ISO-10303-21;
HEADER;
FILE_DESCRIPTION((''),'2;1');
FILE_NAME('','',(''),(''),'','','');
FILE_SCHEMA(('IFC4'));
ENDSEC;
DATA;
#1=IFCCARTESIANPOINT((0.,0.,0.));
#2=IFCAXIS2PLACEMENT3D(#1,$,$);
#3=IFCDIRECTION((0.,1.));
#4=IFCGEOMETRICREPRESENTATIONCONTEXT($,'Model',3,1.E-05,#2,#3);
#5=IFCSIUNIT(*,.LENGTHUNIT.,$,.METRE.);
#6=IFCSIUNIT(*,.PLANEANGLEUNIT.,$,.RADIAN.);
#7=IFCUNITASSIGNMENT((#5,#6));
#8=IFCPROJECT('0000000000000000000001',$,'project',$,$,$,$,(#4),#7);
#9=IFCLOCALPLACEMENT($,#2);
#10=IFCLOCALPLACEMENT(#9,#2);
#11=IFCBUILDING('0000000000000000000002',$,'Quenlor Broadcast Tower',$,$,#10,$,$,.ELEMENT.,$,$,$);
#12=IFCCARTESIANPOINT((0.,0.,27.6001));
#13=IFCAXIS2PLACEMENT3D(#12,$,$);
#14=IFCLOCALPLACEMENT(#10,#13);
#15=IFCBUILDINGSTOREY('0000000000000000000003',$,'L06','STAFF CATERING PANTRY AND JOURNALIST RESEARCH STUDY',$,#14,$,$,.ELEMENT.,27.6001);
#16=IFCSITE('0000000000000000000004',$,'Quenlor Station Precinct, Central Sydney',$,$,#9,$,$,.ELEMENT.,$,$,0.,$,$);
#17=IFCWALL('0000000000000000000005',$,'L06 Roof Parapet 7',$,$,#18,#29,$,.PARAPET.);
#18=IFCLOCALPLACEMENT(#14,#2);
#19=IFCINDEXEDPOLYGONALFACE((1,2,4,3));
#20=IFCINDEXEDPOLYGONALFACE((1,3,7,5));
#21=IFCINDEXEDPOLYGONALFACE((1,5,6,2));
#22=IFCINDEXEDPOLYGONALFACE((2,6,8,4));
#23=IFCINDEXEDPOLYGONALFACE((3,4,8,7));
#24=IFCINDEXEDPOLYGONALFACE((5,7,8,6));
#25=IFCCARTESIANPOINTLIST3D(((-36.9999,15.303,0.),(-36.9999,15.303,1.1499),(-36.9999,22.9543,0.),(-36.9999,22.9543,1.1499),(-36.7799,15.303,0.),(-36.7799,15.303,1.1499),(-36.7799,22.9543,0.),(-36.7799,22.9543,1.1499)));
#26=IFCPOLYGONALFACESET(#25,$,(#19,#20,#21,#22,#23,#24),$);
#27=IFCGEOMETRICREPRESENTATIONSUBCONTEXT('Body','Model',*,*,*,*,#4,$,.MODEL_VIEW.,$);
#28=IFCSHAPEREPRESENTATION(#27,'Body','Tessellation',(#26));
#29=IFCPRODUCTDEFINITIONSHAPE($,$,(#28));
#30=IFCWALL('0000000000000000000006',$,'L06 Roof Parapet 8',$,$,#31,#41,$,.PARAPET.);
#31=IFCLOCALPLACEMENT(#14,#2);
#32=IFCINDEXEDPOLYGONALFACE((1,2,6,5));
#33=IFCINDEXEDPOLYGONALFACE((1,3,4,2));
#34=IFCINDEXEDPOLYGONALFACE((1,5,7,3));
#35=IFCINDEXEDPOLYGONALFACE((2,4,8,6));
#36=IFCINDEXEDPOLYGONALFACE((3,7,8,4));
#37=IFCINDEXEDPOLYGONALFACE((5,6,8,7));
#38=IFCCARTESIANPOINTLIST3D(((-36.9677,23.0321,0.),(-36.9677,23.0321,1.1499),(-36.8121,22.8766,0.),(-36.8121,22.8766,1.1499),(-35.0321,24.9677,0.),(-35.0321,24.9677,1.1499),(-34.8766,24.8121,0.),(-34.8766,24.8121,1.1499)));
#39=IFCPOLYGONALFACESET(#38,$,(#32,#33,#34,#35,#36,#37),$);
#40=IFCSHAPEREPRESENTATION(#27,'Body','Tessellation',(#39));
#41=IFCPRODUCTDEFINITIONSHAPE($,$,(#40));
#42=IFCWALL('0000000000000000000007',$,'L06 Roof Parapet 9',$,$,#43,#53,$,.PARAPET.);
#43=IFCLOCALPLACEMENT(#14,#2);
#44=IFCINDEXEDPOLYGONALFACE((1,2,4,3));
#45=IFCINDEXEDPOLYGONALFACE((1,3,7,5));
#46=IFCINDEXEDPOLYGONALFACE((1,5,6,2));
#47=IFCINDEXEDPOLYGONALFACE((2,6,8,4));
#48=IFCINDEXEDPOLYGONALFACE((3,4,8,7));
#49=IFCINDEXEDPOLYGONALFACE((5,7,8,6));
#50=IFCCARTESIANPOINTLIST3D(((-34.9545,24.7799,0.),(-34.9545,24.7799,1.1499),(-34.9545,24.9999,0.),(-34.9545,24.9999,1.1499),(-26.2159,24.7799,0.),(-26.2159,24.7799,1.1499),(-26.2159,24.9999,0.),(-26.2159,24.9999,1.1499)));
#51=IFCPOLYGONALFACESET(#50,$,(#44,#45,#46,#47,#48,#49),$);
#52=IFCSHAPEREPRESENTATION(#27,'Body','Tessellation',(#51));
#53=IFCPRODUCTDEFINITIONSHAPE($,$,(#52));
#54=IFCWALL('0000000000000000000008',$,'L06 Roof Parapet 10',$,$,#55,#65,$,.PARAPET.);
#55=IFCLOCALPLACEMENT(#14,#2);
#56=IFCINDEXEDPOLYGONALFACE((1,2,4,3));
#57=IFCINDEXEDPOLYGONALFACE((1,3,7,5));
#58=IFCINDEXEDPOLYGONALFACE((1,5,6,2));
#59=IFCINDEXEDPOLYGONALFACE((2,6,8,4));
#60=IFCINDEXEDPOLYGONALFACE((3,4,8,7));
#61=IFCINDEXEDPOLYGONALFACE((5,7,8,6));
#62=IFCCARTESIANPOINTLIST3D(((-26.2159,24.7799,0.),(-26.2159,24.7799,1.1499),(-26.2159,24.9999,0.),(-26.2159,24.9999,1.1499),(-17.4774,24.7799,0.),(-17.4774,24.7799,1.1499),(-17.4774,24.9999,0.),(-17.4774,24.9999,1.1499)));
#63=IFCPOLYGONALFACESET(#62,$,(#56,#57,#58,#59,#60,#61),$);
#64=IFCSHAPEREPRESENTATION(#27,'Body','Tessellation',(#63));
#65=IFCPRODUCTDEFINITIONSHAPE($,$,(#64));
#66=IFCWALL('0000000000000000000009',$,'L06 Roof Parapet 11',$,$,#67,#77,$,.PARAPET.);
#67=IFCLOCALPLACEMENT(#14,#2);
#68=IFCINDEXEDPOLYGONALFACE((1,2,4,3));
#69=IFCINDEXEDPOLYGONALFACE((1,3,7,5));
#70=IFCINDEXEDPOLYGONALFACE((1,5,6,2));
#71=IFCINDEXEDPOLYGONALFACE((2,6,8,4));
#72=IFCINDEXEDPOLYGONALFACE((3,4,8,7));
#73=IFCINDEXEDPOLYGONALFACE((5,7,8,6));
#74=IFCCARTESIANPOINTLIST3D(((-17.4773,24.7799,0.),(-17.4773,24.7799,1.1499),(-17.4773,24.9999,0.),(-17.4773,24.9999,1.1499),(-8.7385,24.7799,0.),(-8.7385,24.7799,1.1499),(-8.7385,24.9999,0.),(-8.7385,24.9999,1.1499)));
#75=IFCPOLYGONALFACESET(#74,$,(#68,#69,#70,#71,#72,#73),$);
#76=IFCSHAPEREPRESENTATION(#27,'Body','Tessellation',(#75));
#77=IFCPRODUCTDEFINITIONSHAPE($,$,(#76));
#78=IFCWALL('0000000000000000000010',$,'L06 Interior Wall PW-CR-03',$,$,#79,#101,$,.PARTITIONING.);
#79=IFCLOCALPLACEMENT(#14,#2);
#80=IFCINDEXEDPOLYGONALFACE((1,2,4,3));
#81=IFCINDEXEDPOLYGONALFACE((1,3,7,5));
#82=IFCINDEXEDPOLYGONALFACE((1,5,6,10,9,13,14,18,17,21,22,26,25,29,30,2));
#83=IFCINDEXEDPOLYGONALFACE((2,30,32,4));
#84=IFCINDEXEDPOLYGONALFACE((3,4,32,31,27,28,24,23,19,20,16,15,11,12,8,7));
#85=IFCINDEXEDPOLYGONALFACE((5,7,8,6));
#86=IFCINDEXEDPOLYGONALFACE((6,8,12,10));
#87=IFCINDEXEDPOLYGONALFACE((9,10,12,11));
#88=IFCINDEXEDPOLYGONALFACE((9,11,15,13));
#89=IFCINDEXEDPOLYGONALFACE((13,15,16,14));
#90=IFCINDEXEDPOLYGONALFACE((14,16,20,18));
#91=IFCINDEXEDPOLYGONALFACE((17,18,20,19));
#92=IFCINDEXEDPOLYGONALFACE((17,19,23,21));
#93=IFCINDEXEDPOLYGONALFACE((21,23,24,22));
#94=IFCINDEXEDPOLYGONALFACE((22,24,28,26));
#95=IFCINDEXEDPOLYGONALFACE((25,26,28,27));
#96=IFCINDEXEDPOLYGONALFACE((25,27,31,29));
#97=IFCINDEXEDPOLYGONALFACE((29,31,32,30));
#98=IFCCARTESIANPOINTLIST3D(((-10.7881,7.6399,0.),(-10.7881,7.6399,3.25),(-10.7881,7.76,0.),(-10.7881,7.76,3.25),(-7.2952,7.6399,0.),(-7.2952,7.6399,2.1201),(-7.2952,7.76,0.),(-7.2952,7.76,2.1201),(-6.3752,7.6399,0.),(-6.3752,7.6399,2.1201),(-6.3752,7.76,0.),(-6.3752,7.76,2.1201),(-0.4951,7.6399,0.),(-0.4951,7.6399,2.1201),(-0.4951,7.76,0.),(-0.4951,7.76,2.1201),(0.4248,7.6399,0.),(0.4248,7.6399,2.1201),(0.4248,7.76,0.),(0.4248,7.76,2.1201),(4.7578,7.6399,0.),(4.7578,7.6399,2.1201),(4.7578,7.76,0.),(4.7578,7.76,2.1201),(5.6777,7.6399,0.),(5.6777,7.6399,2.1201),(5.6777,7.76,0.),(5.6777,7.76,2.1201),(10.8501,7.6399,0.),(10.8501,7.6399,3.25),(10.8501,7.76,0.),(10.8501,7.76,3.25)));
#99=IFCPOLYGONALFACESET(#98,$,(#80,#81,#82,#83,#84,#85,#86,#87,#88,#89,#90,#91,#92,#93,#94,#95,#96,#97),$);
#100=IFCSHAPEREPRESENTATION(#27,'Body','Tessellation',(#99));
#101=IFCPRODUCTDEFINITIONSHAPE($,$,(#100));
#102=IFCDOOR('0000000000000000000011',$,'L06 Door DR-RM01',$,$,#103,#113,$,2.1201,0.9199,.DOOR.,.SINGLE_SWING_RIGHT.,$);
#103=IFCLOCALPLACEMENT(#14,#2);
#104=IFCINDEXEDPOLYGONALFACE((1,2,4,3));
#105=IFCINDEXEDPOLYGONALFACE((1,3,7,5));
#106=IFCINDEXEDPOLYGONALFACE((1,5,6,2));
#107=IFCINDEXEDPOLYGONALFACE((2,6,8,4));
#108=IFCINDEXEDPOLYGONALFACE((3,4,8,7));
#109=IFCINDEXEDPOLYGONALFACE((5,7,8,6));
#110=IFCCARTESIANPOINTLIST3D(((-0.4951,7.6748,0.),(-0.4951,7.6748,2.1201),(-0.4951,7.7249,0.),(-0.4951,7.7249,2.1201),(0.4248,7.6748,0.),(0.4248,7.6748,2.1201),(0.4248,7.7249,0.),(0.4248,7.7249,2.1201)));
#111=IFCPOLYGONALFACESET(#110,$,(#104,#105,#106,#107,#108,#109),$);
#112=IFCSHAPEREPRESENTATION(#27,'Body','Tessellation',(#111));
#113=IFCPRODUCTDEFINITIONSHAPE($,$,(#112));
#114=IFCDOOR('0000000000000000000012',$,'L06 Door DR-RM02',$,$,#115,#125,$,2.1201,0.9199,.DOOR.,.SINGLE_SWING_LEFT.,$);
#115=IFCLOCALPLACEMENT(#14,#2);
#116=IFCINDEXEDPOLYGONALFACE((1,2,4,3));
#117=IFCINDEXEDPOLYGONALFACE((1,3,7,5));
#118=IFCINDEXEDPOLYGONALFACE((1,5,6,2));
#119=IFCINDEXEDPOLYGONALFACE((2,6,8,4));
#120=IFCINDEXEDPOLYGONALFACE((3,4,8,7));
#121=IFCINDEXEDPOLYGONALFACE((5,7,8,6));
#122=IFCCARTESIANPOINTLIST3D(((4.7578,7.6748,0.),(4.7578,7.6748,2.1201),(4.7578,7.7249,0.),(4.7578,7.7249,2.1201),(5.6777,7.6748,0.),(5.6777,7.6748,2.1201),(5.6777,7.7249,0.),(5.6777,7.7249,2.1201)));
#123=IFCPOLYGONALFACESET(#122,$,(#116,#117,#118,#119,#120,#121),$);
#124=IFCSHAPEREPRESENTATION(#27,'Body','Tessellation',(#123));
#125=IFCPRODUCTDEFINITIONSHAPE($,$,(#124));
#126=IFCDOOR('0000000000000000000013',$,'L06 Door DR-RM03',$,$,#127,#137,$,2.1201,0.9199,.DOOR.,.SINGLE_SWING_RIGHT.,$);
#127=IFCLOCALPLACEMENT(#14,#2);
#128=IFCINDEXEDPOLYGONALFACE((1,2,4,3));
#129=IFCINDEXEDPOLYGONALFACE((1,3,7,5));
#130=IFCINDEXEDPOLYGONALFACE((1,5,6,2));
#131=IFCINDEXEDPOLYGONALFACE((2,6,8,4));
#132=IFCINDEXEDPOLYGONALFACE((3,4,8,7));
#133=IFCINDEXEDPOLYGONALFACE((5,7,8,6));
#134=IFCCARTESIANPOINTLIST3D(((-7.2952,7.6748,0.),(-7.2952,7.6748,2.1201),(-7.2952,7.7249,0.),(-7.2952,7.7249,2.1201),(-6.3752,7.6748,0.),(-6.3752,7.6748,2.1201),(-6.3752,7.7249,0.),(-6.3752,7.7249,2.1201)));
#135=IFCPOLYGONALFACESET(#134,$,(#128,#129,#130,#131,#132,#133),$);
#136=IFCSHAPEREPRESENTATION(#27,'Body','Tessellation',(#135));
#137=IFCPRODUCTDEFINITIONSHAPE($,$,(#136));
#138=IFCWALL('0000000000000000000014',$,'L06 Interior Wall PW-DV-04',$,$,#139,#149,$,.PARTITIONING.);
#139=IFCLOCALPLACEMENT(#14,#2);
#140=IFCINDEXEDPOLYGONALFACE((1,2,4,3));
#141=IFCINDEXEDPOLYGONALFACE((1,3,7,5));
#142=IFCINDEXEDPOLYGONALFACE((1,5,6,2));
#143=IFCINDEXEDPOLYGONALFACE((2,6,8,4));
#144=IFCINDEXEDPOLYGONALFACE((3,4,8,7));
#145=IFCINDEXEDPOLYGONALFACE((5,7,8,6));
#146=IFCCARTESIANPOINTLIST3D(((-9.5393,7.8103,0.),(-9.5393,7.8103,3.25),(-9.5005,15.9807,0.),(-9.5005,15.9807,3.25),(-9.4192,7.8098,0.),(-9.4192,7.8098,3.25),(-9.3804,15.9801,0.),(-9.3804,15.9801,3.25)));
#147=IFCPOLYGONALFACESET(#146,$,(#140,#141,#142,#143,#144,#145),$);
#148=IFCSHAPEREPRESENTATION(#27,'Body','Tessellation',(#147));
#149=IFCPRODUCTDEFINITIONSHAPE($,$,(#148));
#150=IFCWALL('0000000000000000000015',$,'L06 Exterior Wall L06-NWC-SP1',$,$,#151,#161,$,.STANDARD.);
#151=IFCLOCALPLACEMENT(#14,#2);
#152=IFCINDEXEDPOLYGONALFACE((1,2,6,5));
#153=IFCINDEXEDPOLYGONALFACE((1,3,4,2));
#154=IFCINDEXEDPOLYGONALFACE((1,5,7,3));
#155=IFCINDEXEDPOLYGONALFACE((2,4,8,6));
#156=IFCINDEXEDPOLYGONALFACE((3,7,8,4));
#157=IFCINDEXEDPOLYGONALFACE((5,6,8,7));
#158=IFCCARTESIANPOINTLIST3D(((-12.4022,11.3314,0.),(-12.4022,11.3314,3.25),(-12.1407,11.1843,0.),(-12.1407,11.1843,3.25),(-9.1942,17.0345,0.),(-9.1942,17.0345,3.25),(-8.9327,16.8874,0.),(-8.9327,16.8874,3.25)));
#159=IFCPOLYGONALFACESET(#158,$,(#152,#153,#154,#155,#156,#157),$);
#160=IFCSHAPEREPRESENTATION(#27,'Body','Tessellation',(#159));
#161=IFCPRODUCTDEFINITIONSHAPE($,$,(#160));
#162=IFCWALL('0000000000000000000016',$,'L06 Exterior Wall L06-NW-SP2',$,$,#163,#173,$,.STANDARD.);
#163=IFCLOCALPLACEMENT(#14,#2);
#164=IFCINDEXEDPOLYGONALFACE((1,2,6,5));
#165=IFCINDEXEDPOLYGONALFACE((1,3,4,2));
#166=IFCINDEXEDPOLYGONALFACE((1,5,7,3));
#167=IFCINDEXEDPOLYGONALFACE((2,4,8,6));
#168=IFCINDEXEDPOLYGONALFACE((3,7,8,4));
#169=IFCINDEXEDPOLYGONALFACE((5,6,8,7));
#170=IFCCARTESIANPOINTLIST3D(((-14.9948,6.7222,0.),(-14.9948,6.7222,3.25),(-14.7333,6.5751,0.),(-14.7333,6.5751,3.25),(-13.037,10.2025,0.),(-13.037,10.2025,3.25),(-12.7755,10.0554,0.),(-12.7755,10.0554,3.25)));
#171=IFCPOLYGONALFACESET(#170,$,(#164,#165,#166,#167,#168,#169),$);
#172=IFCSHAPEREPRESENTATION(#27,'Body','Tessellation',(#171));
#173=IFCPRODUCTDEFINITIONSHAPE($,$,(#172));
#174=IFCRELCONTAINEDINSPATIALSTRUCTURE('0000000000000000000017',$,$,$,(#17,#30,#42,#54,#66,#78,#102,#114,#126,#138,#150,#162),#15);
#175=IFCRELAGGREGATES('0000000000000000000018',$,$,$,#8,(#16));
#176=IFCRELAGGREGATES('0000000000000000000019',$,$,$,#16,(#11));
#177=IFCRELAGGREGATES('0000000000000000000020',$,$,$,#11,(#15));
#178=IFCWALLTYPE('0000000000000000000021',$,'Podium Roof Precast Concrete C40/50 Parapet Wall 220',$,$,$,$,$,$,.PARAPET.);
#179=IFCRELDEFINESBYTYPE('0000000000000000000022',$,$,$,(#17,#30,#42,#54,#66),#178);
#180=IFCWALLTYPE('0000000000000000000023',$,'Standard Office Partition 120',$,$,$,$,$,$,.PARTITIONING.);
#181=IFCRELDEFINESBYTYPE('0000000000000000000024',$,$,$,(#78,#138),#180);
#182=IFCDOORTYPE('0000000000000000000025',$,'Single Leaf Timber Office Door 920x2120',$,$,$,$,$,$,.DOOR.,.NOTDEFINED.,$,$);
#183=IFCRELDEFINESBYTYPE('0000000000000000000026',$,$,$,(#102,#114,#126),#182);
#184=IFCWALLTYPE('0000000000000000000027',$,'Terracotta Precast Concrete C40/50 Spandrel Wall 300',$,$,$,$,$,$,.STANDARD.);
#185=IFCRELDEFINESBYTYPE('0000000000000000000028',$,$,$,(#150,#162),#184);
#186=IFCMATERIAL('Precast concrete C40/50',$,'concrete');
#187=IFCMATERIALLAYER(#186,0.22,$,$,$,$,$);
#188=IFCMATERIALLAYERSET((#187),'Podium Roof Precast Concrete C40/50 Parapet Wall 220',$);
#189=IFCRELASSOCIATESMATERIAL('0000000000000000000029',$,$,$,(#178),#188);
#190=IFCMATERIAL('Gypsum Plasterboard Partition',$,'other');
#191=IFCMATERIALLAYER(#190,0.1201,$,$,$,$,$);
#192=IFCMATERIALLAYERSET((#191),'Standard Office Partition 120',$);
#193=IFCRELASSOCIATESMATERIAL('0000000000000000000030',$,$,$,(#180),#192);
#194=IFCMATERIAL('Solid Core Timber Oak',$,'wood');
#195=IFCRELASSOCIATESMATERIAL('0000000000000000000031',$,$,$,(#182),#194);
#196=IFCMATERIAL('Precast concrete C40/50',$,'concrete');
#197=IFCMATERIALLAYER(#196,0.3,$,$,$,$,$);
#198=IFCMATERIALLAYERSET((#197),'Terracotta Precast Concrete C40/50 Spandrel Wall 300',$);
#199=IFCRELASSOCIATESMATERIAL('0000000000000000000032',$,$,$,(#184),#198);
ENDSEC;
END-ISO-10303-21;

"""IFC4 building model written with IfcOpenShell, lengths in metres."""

from ifc_helpers import new_model, si_unit, direction, frame, frame_2d, origin, place, context, subcontext, project, spatial, rectangle, extrude, material, layer, layer_set, type_object, element, fill, save


model = new_model("IFC4")

# Units and contexts
model_context = context("Model", 3, precision=1e-05, world=origin(), true_north=direction((0.0, 1.0)))
body_context = subcontext(model_context, "Body", "Model", "MODEL_VIEW")
ifc_project = project(units=[si_unit("LENGTHUNIT", "METRE"), si_unit("PLANEANGLEUNIT", "RADIAN")], contexts=[model_context])

# Site, building, storey
site_placement = place(None, origin())
site = spatial("IfcSite", under=ifc_project, at=site_placement, Name="Quenlor Station Precinct, Central Sydney", CompositionType="ELEMENT", RefElevation=0.0)
building_placement = place(site_placement, origin())
building = spatial("IfcBuilding", under=site, at=building_placement, Name="Quenlor Broadcast Tower", CompositionType="ELEMENT")
storey_placement = place(building_placement, frame((0.0, 0.0, 27.6001)))
storey = spatial("IfcBuildingStorey", under=building, at=storey_placement, Name="L06", Description="STAFF CATERING PANTRY AND JOURNALIST RESEARCH STUDY", CompositionType="ELEMENT", Elevation=27.6001)

# Walls
ifc_material_1 = material(Name="Precast concrete C40/50", Category="concrete")
ifc_layer_1 = layer(ifc_material_1, 0.22)
ifc_layer_set_1 = layer_set([ifc_layer_1], Name="Podium Roof Precast Concrete C40/50 Parapet Wall 220")
wall_type_1 = type_object("IfcWallType", Name="Podium Roof Precast Concrete C40/50 Parapet Wall 220", PredefinedType="PARAPET", material=ifc_layer_set_1)
for number, where, z_axis, x_axis, name in (
    (1, (-36.8899, 15.303, 0.0), (0.0, 0.0, 1.0), (0.0, 1.0, 0.0), "L06 Roof Parapet 7"),
):
    element("IfcWall", number, at=place(storey_placement, frame(where, z_axis=z_axis, x_axis=x_axis)), inside=storey, type_object=wall_type_1, Name=name, PredefinedType="PARAPET", context=body_context, shape_type="SweptSolid", body=[
        extrude(rectangle(XDim=7.6514, YDim=0.22, at=frame_2d((3.8257, 0.0))), origin(), (0.0, 0.0, 1.0), 1.1499),
    ])
wall_1_placement = place(storey_placement, frame((-36.8899, 22.9543, 0.0), z_axis=(0.0, 0.0, 1.0), x_axis=(0.707107, 0.707107, 0.0)))
element("IfcWall", 2, at=wall_1_placement, inside=storey, type_object=wall_type_1, Name="L06 Roof Parapet 8", PredefinedType="PARAPET", context=body_context, shape_type="SweptSolid", body=[
    extrude(rectangle(XDim=2.7373, YDim=0.22, at=frame_2d((1.3687, 0.0))), origin(), (0.0, 0.0, 1.0), 1.1499),
])
for number, where, z_axis, x_axis, name in (
    (3, (-34.9543, 24.8899, 0.0), (0.0, 0.0, 1.0), (1.0, 0.0, 0.0), "L06 Roof Parapet 9"),
    (4, (-26.2158, 24.8899, 0.0), (0.0, 0.0, 1.0), (1.0, 0.0, 0.0), "L06 Roof Parapet 10"),
):
    element("IfcWall", number, at=place(storey_placement, frame(where, z_axis=z_axis, x_axis=x_axis)), inside=storey, type_object=wall_type_1, Name=name, PredefinedType="PARAPET", context=body_context, shape_type="SweptSolid", body=[
        extrude(rectangle(XDim=8.7385, YDim=0.22, at=frame_2d((4.3691, 0.0))), origin(), (0.0, 0.0, 1.0), 1.1499),
    ])
wall_2_placement = place(storey_placement, frame((-17.4773, 24.8899, 0.0), z_axis=(0.0, 0.0, 1.0), x_axis=(1.0, 0.0, 0.0)))
element("IfcWall", 5, at=wall_2_placement, inside=storey, type_object=wall_type_1, Name="L06 Roof Parapet 11", PredefinedType="PARAPET", context=body_context, shape_type="SweptSolid", body=[
    extrude(rectangle(XDim=8.7388, YDim=0.22, at=frame_2d((4.3694, 0.0))), origin(), (0.0, 0.0, 1.0), 1.1499),
])

# Wall, openings, doors
ifc_material_2 = material(Name="Gypsum Plasterboard Partition", Category="other")
ifc_layer_2 = layer(ifc_material_2, 0.1201)
ifc_layer_set_2 = layer_set([ifc_layer_2], Name="Standard Office Partition 120")
wall_type_2 = type_object("IfcWallType", Name="Standard Office Partition 120", PredefinedType="PARTITIONING", material=ifc_layer_set_2)
wall_3_placement = place(storey_placement, frame((-10.7881, 7.7, 0.0), z_axis=(0.0, 0.0, 1.0), x_axis=(1.0, 0.0, 0.0)))
wall_3 = element("IfcWall", 6, at=wall_3_placement, inside=storey, type_object=wall_type_2, Name="L06 Interior Wall PW-CR-03", PredefinedType="PARTITIONING", context=body_context, shape_type="SweptSolid", body=[
    extrude(rectangle(XDim=21.6382, YDim=0.1201, at=frame_2d((10.8191, 0.0))), origin(), (0.0, 0.0, 1.0), 3.25),
])
opening_1_placement = place(wall_3_placement, frame((10.293, 0.0, 0.0)))
opening_1 = element("IfcOpeningElement", 7, at=opening_1_placement, cuts=wall_3, PredefinedType="OPENING", context=body_context, shape_type="SweptSolid", body=[
    extrude(rectangle(XDim=0.9199, YDim=2.1201, at=frame_2d((0.46, 1.0601))), frame((0.0, 0.0701, 0.0), z_axis=(0.0, -1.0, 0.0), x_axis=(1.0, 0.0, 0.0)), (0.0, 0.0, 1.0), 0.1401),
])
opening_2_placement = place(wall_3_placement, frame((15.5459, 0.0, 0.0)))
opening_2 = element("IfcOpeningElement", 8, at=opening_2_placement, cuts=wall_3, PredefinedType="OPENING", context=body_context, shape_type="SweptSolid", body=[
    extrude(rectangle(XDim=0.9199, YDim=2.1201, at=frame_2d((0.46, 1.0601))), frame((0.0, 0.0701, 0.0), z_axis=(0.0, -1.0, 0.0), x_axis=(1.0, 0.0, 0.0)), (0.0, 0.0, 1.0), 0.1401),
])
opening_3_placement = place(wall_3_placement, frame((3.4929, 0.0, 0.0)))
opening_3 = element("IfcOpeningElement", 9, at=opening_3_placement, cuts=wall_3, PredefinedType="OPENING", context=body_context, shape_type="SweptSolid", body=[
    extrude(rectangle(XDim=0.9199, YDim=2.1201, at=frame_2d((0.46, 1.0601))), frame((0.0, 0.0701, 0.0), z_axis=(0.0, -1.0, 0.0), x_axis=(1.0, 0.0, 0.0)), (0.0, 0.0, 1.0), 0.1401),
])
ifc_material_3 = material(Name="Solid Core Timber Oak", Category="wood")
door_type = type_object("IfcDoorType", Name="Single Leaf Timber Office Door 920x2120", OperationType="NOTDEFINED", PredefinedType="DOOR", material=ifc_material_3)
door_1_placement = place(opening_1_placement, origin())
door_1 = element("IfcDoor", 10, at=door_1_placement, inside=storey, type_object=door_type, Name="L06 Door DR-RM01", OperationType="SINGLE_SWING_RIGHT", OverallHeight=2.1201, OverallWidth=0.9199, PredefinedType="DOOR", context=body_context, shape_type="SweptSolid", body=[
    extrude(rectangle(XDim=0.9199, YDim=2.1201, at=frame_2d((0.46, 1.0601))), frame((0.0, 0.0249, 0.0), z_axis=(0.0, -1.0, 0.0), x_axis=(1.0, 0.0, 0.0)), (0.0, 0.0, 1.0), 0.05),
])
fill(opening_1, door_1)
door_2_placement = place(opening_2_placement, origin())
door_2 = element("IfcDoor", 11, at=door_2_placement, inside=storey, type_object=door_type, Name="L06 Door DR-RM02", OperationType="SINGLE_SWING_LEFT", OverallHeight=2.1201, OverallWidth=0.9199, PredefinedType="DOOR", context=body_context, shape_type="SweptSolid", body=[
    extrude(rectangle(XDim=0.9199, YDim=2.1201, at=frame_2d((0.46, 1.0601))), frame((0.0, 0.0249, 0.0), z_axis=(0.0, -1.0, 0.0), x_axis=(1.0, 0.0, 0.0)), (0.0, 0.0, 1.0), 0.05),
])
fill(opening_2, door_2)
door_3_placement = place(opening_3_placement, origin())
door_3 = element("IfcDoor", 12, at=door_3_placement, inside=storey, type_object=door_type, Name="L06 Door DR-RM03", OperationType="SINGLE_SWING_RIGHT", OverallHeight=2.1201, OverallWidth=0.9199, PredefinedType="DOOR", context=body_context, shape_type="SweptSolid", body=[
    extrude(rectangle(XDim=0.9199, YDim=2.1201, at=frame_2d((0.46, 1.0601))), frame((0.0, 0.0249, 0.0), z_axis=(0.0, -1.0, 0.0), x_axis=(1.0, 0.0, 0.0)), (0.0, 0.0, 1.0), 0.05),
])
fill(opening_3, door_3)

# Walls
wall_4_placement = place(storey_placement, frame((-9.4792, 7.8101, 0.0), z_axis=(0.0, 0.0, 1.0), x_axis=(0.004751, 0.999989, 0.0)))
element("IfcWall", 13, at=wall_4_placement, inside=storey, type_object=wall_type_2, Name="L06 Interior Wall PW-DV-04", PredefinedType="PARTITIONING", context=body_context, shape_type="SweptSolid", body=[
    extrude(rectangle(XDim=8.1704, YDim=0.1201, at=frame_2d((4.0852, 0.0))), origin(), (0.0, 0.0, 1.0), 3.25),
])
ifc_material_4 = material(Name="Precast concrete C40/50", Category="concrete")
ifc_layer_3 = layer(ifc_material_4, 0.3)
ifc_layer_set_3 = layer_set([ifc_layer_3], Name="Terracotta Precast Concrete C40/50 Spandrel Wall 300")
wall_type_3 = type_object("IfcWallType", Name="Terracotta Precast Concrete C40/50 Spandrel Wall 300", PredefinedType="STANDARD", material=ifc_layer_set_3)
wall_5_placement = place(storey_placement, frame((-12.2715, 11.2578, 0.0), z_axis=(0.0, 0.0, 1.0), x_axis=(0.490261, 0.871576, 0.0)))
element("IfcWall", 14, at=wall_5_placement, inside=storey, type_object=wall_type_3, Name="L06 Exterior Wall L06-NWC-SP1", PredefinedType="STANDARD", context=body_context, shape_type="SweptSolid", body=[
    extrude(rectangle(XDim=6.5435, YDim=0.3, at=frame_2d((3.2717, 0.0))), origin(), (0.0, 0.0, 1.0), 3.25),
])
wall_6_placement = place(storey_placement, frame((-14.864, 6.6487, 0.0), z_axis=(0.0, 0.0, 1.0), x_axis=(0.490287, 0.871561, 0.0)))
element("IfcWall", 15, at=wall_6_placement, inside=storey, type_object=wall_type_3, Name="L06 Exterior Wall L06-NW-SP2", PredefinedType="STANDARD", context=body_context, shape_type="SweptSolid", body=[
    extrude(rectangle(XDim=3.9932, YDim=0.3, at=frame_2d((1.9966, 0.0))), origin(), (0.0, 0.0, 1.0), 3.25),
])

save(model, "model.ifc")
